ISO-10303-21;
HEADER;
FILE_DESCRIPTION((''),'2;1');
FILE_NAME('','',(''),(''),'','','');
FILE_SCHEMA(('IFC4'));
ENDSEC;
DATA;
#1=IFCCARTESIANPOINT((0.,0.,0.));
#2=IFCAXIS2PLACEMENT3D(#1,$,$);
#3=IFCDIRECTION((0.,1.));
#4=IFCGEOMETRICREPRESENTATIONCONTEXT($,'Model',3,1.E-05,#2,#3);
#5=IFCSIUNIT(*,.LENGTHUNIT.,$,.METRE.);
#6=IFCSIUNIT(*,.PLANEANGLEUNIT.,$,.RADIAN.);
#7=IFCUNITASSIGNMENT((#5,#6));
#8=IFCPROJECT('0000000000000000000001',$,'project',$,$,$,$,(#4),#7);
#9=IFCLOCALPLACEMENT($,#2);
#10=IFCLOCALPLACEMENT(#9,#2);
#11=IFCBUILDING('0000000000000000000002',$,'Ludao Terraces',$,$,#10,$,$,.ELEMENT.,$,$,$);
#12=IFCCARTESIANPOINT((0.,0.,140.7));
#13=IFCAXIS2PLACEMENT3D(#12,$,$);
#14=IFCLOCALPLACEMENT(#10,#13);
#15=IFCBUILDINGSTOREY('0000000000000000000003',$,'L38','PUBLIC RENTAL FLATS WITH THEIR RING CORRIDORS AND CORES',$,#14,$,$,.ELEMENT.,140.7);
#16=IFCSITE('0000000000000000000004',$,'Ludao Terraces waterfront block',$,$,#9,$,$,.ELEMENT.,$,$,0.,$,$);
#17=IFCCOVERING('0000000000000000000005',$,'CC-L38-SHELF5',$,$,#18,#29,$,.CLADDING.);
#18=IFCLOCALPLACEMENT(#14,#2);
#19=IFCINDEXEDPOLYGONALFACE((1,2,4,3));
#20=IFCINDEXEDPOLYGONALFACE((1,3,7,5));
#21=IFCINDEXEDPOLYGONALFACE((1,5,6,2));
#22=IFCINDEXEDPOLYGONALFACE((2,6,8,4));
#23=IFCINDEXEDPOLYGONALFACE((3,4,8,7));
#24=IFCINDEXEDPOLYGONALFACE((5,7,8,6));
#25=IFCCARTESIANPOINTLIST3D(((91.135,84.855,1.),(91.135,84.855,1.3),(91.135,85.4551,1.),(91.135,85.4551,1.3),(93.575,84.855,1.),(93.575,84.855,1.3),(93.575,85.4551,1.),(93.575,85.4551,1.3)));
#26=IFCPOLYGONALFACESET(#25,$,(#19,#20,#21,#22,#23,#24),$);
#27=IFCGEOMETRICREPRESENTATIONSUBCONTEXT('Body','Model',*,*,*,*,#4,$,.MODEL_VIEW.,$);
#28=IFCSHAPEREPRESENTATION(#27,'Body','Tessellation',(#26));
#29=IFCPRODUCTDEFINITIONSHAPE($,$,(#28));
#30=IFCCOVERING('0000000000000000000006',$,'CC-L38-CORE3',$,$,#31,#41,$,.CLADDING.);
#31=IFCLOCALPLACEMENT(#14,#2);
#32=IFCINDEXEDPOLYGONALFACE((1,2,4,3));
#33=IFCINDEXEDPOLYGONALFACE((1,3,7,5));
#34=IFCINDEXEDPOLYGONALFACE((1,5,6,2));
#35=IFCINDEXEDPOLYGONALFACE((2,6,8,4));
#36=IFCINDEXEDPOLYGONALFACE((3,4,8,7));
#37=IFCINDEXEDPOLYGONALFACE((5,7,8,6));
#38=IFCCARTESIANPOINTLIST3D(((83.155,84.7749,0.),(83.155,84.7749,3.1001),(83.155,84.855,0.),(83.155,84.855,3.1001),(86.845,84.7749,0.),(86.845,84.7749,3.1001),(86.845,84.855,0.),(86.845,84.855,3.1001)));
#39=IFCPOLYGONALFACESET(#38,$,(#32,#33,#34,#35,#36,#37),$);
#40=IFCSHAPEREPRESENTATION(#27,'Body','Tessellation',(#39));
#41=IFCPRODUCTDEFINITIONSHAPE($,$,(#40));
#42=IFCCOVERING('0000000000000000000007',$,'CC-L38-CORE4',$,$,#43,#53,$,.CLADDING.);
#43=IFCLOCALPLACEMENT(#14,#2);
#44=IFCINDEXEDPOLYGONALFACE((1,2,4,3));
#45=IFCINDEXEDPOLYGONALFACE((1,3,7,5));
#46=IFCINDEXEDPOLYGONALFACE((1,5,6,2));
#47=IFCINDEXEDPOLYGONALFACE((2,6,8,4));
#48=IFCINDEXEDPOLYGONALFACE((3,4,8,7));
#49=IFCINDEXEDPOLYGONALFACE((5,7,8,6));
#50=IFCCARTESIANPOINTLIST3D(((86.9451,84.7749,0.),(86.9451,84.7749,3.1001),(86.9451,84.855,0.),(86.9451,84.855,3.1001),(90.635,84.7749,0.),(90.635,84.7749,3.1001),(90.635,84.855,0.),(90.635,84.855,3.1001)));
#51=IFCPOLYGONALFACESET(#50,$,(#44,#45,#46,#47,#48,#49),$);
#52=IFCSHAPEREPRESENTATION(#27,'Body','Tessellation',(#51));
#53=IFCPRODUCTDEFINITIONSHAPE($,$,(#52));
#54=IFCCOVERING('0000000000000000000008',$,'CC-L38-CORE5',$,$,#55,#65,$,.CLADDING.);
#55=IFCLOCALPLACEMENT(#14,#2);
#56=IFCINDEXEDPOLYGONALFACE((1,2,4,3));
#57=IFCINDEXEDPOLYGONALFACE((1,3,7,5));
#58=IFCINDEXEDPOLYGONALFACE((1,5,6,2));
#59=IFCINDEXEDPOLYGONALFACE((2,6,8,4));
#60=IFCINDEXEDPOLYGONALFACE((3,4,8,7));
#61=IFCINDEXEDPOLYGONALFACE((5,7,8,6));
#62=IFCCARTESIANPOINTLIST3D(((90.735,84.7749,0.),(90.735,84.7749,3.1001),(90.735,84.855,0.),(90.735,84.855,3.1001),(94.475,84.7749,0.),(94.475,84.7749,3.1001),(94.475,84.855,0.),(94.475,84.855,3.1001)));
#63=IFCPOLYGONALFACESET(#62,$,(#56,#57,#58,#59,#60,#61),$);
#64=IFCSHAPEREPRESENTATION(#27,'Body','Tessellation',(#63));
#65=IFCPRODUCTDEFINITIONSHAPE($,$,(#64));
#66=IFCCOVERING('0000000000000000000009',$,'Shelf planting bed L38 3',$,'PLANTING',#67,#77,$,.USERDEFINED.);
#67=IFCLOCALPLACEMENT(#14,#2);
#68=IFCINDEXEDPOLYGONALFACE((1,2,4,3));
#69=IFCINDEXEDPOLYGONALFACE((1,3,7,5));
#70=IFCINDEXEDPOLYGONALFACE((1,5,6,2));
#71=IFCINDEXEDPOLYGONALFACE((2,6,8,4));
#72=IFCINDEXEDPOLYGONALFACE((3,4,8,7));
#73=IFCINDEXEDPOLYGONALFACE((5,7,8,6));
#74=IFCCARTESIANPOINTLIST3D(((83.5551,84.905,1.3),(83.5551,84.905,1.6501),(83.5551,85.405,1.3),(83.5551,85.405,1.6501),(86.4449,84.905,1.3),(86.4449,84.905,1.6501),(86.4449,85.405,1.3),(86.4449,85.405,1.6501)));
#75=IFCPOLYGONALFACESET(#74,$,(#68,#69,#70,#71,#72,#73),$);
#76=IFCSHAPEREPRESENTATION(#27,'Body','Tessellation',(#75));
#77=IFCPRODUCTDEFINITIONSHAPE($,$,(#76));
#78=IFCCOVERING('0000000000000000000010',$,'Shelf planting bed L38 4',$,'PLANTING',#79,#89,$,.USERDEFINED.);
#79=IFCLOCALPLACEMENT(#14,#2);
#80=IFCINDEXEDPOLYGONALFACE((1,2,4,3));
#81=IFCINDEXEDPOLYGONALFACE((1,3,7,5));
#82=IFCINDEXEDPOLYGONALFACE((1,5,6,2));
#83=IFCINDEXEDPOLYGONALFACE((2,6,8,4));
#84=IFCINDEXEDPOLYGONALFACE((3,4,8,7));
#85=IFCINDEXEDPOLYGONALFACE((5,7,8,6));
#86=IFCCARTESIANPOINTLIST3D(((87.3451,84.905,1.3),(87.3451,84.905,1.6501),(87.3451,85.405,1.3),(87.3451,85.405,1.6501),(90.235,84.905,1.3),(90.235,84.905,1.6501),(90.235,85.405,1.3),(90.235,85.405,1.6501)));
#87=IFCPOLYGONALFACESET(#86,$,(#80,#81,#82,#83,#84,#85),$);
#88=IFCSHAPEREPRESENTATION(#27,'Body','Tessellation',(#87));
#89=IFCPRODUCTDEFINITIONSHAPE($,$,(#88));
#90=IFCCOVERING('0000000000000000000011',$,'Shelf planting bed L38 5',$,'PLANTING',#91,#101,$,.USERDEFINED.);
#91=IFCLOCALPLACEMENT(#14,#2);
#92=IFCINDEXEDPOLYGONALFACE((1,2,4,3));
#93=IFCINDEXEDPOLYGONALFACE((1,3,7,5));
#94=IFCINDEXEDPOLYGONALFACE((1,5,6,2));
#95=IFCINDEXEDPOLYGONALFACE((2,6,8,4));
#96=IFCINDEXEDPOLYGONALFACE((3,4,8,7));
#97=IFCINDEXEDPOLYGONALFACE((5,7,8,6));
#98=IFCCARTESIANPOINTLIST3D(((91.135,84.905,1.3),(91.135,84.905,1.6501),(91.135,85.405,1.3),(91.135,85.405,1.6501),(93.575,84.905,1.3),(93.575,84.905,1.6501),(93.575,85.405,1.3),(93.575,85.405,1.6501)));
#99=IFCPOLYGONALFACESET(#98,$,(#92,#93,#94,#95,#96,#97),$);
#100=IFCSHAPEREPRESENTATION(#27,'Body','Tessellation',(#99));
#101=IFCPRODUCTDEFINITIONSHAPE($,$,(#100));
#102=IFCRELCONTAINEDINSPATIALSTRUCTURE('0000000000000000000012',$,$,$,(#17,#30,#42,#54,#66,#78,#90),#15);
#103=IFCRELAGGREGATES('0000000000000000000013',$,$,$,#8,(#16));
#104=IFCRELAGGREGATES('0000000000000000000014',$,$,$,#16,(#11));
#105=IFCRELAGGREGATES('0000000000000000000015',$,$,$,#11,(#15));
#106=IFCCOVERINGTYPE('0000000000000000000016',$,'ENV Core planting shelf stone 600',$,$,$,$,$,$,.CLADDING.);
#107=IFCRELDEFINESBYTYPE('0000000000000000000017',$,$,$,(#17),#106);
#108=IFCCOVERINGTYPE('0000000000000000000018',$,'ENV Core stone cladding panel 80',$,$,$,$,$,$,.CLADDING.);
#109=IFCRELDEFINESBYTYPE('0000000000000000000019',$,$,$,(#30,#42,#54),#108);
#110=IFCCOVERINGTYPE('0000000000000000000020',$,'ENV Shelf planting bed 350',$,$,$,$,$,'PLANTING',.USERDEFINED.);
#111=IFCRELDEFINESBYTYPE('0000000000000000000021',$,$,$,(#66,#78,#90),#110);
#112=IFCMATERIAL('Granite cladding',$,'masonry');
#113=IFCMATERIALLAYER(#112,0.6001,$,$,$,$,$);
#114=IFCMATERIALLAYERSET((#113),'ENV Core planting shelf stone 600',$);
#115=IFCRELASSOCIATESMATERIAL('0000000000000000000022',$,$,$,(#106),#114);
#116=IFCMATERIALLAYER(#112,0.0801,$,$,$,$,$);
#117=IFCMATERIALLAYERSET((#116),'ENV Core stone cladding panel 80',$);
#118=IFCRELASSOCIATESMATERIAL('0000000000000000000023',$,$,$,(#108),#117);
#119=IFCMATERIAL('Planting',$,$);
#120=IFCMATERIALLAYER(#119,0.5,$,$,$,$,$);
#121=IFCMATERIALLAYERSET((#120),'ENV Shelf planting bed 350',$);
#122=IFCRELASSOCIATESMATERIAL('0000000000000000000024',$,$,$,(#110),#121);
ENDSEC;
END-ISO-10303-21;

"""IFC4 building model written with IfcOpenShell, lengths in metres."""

from ifc_helpers import new_model, si_unit, direction, frame, origin, origin_2d, place, context, subcontext, project, spatial, rectangle, extrude, material, layer, layer_set, type_object, element, save


model = new_model("IFC4")

# Units and contexts
model_context = context("Model", 3, precision=1e-05, world=origin(), true_north=direction((0.0, 1.0)))
body_context = subcontext(model_context, "Body", "Model", "MODEL_VIEW")
ifc_project = project(units=[si_unit("LENGTHUNIT", "METRE"), si_unit("PLANEANGLEUNIT", "RADIAN")], contexts=[model_context])

# Site, building, storey
site_placement = place(None, origin())
site = spatial("IfcSite", under=ifc_project, at=site_placement, Name="Ludao Terraces waterfront block", CompositionType="ELEMENT", RefElevation=0.0)
building_placement = place(site_placement, origin())
building = spatial("IfcBuilding", under=site, at=building_placement, Name="Ludao Terraces", CompositionType="ELEMENT")
storey_placement = place(building_placement, frame((0.0, 0.0, 140.7)))
storey = spatial("IfcBuildingStorey", under=building, at=storey_placement, Name="L38", Description="PUBLIC RENTAL FLATS WITH THEIR RING CORRIDORS AND CORES", CompositionType="ELEMENT", Elevation=140.7)

# Coverings
ifc_material_1 = material(Name="Granite cladding", Category="masonry")
ifc_layer_1 = layer(ifc_material_1, 0.6001)
ifc_layer_set_1 = layer_set([ifc_layer_1], Name="ENV Core planting shelf stone 600")
covering_type_1 = type_object("IfcCoveringType", Name="ENV Core planting shelf stone 600", PredefinedType="CLADDING", material=ifc_layer_set_1)
covering_1_placement = place(storey_placement, frame((92.355, 85.155, 1.0), z_axis=(0.0, 0.0, 1.0), x_axis=(1.0, 0.0, 0.0)))
element("IfcCovering", 1, at=covering_1_placement, inside=storey, type_object=covering_type_1, Name="CC-L38-SHELF5", PredefinedType="CLADDING", context=body_context, shape_type="SweptSolid", body=[
    extrude(rectangle(XDim=2.4399, YDim=0.6001, at=origin_2d()), origin(), (0.0, 0.0, 1.0), 0.3),
])
ifc_layer_2 = layer(ifc_material_1, 0.0801)
ifc_layer_set_2 = layer_set([ifc_layer_2], Name="ENV Core stone cladding panel 80")
covering_type_2 = type_object("IfcCoveringType", Name="ENV Core stone cladding panel 80", PredefinedType="CLADDING", material=ifc_layer_set_2)
for number, where, z_axis, x_axis, name in (
    (2, (85.0, 84.8149, 0.0), (0.0, 0.0, 1.0), (1.0, 0.0, 0.0), "CC-L38-CORE3"),
    (3, (88.79, 84.8149, 0.0), (0.0, 0.0, 1.0), (1.0, 0.0, 0.0), "CC-L38-CORE4"),
):
    element("IfcCovering", number, at=place(storey_placement, frame(where, z_axis=z_axis, x_axis=x_axis)), inside=storey, type_object=covering_type_2, Name=name, PredefinedType="CLADDING", context=body_context, shape_type="SweptSolid", body=[
        extrude(rectangle(XDim=3.6899, YDim=0.0801, at=origin_2d()), origin(), (0.0, 0.0, 1.0), 3.1001),
    ])
covering_2_placement = place(storey_placement, frame((92.605, 84.8149, 0.0), z_axis=(0.0, 0.0, 1.0), x_axis=(1.0, 0.0, 0.0)))
element("IfcCovering", 4, at=covering_2_placement, inside=storey, type_object=covering_type_2, Name="CC-L38-CORE5", PredefinedType="CLADDING", context=body_context, shape_type="SweptSolid", body=[
    extrude(rectangle(XDim=3.74, YDim=0.0801, at=origin_2d()), origin(), (0.0, 0.0, 1.0), 3.1001),
])
ifc_material_2 = material(Name="Planting")
ifc_layer_3 = layer(ifc_material_2, 0.5)
ifc_layer_set_3 = layer_set([ifc_layer_3], Name="ENV Shelf planting bed 350")
covering_type_3 = type_object("IfcCoveringType", Name="ENV Shelf planting bed 350", ElementType="PLANTING", PredefinedType="USERDEFINED", material=ifc_layer_set_3)
for number, where, z_axis, x_axis, name in (
    (5, (85.0, 85.155, 1.3), (0.0, 0.0, 1.0), (1.0, 0.0, 0.0), "Shelf planting bed L38 3"),
    (6, (88.79, 85.155, 1.3), (0.0, 0.0, 1.0), (1.0, 0.0, 0.0), "Shelf planting bed L38 4"),
):
    element("IfcCovering", number, at=place(storey_placement, frame(where, z_axis=z_axis, x_axis=x_axis)), inside=storey, type_object=covering_type_3, Name=name, ObjectType="PLANTING", PredefinedType="USERDEFINED", context=body_context, shape_type="SweptSolid", body=[
        extrude(rectangle(XDim=2.8899, YDim=0.5, at=origin_2d()), origin(), (0.0, 0.0, 1.0), 0.3501),
    ])
covering_3_placement = place(storey_placement, frame((92.355, 85.155, 1.3), z_axis=(0.0, 0.0, 1.0), x_axis=(1.0, 0.0, 0.0)))
element("IfcCovering", 7, at=covering_3_placement, inside=storey, type_object=covering_type_3, Name="Shelf planting bed L38 5", ObjectType="PLANTING", PredefinedType="USERDEFINED", context=body_context, shape_type="SweptSolid", body=[
    extrude(rectangle(XDim=2.4399, YDim=0.5, at=origin_2d()), origin(), (0.0, 0.0, 1.0), 0.3501),
])

save(model, "model.ifc")
